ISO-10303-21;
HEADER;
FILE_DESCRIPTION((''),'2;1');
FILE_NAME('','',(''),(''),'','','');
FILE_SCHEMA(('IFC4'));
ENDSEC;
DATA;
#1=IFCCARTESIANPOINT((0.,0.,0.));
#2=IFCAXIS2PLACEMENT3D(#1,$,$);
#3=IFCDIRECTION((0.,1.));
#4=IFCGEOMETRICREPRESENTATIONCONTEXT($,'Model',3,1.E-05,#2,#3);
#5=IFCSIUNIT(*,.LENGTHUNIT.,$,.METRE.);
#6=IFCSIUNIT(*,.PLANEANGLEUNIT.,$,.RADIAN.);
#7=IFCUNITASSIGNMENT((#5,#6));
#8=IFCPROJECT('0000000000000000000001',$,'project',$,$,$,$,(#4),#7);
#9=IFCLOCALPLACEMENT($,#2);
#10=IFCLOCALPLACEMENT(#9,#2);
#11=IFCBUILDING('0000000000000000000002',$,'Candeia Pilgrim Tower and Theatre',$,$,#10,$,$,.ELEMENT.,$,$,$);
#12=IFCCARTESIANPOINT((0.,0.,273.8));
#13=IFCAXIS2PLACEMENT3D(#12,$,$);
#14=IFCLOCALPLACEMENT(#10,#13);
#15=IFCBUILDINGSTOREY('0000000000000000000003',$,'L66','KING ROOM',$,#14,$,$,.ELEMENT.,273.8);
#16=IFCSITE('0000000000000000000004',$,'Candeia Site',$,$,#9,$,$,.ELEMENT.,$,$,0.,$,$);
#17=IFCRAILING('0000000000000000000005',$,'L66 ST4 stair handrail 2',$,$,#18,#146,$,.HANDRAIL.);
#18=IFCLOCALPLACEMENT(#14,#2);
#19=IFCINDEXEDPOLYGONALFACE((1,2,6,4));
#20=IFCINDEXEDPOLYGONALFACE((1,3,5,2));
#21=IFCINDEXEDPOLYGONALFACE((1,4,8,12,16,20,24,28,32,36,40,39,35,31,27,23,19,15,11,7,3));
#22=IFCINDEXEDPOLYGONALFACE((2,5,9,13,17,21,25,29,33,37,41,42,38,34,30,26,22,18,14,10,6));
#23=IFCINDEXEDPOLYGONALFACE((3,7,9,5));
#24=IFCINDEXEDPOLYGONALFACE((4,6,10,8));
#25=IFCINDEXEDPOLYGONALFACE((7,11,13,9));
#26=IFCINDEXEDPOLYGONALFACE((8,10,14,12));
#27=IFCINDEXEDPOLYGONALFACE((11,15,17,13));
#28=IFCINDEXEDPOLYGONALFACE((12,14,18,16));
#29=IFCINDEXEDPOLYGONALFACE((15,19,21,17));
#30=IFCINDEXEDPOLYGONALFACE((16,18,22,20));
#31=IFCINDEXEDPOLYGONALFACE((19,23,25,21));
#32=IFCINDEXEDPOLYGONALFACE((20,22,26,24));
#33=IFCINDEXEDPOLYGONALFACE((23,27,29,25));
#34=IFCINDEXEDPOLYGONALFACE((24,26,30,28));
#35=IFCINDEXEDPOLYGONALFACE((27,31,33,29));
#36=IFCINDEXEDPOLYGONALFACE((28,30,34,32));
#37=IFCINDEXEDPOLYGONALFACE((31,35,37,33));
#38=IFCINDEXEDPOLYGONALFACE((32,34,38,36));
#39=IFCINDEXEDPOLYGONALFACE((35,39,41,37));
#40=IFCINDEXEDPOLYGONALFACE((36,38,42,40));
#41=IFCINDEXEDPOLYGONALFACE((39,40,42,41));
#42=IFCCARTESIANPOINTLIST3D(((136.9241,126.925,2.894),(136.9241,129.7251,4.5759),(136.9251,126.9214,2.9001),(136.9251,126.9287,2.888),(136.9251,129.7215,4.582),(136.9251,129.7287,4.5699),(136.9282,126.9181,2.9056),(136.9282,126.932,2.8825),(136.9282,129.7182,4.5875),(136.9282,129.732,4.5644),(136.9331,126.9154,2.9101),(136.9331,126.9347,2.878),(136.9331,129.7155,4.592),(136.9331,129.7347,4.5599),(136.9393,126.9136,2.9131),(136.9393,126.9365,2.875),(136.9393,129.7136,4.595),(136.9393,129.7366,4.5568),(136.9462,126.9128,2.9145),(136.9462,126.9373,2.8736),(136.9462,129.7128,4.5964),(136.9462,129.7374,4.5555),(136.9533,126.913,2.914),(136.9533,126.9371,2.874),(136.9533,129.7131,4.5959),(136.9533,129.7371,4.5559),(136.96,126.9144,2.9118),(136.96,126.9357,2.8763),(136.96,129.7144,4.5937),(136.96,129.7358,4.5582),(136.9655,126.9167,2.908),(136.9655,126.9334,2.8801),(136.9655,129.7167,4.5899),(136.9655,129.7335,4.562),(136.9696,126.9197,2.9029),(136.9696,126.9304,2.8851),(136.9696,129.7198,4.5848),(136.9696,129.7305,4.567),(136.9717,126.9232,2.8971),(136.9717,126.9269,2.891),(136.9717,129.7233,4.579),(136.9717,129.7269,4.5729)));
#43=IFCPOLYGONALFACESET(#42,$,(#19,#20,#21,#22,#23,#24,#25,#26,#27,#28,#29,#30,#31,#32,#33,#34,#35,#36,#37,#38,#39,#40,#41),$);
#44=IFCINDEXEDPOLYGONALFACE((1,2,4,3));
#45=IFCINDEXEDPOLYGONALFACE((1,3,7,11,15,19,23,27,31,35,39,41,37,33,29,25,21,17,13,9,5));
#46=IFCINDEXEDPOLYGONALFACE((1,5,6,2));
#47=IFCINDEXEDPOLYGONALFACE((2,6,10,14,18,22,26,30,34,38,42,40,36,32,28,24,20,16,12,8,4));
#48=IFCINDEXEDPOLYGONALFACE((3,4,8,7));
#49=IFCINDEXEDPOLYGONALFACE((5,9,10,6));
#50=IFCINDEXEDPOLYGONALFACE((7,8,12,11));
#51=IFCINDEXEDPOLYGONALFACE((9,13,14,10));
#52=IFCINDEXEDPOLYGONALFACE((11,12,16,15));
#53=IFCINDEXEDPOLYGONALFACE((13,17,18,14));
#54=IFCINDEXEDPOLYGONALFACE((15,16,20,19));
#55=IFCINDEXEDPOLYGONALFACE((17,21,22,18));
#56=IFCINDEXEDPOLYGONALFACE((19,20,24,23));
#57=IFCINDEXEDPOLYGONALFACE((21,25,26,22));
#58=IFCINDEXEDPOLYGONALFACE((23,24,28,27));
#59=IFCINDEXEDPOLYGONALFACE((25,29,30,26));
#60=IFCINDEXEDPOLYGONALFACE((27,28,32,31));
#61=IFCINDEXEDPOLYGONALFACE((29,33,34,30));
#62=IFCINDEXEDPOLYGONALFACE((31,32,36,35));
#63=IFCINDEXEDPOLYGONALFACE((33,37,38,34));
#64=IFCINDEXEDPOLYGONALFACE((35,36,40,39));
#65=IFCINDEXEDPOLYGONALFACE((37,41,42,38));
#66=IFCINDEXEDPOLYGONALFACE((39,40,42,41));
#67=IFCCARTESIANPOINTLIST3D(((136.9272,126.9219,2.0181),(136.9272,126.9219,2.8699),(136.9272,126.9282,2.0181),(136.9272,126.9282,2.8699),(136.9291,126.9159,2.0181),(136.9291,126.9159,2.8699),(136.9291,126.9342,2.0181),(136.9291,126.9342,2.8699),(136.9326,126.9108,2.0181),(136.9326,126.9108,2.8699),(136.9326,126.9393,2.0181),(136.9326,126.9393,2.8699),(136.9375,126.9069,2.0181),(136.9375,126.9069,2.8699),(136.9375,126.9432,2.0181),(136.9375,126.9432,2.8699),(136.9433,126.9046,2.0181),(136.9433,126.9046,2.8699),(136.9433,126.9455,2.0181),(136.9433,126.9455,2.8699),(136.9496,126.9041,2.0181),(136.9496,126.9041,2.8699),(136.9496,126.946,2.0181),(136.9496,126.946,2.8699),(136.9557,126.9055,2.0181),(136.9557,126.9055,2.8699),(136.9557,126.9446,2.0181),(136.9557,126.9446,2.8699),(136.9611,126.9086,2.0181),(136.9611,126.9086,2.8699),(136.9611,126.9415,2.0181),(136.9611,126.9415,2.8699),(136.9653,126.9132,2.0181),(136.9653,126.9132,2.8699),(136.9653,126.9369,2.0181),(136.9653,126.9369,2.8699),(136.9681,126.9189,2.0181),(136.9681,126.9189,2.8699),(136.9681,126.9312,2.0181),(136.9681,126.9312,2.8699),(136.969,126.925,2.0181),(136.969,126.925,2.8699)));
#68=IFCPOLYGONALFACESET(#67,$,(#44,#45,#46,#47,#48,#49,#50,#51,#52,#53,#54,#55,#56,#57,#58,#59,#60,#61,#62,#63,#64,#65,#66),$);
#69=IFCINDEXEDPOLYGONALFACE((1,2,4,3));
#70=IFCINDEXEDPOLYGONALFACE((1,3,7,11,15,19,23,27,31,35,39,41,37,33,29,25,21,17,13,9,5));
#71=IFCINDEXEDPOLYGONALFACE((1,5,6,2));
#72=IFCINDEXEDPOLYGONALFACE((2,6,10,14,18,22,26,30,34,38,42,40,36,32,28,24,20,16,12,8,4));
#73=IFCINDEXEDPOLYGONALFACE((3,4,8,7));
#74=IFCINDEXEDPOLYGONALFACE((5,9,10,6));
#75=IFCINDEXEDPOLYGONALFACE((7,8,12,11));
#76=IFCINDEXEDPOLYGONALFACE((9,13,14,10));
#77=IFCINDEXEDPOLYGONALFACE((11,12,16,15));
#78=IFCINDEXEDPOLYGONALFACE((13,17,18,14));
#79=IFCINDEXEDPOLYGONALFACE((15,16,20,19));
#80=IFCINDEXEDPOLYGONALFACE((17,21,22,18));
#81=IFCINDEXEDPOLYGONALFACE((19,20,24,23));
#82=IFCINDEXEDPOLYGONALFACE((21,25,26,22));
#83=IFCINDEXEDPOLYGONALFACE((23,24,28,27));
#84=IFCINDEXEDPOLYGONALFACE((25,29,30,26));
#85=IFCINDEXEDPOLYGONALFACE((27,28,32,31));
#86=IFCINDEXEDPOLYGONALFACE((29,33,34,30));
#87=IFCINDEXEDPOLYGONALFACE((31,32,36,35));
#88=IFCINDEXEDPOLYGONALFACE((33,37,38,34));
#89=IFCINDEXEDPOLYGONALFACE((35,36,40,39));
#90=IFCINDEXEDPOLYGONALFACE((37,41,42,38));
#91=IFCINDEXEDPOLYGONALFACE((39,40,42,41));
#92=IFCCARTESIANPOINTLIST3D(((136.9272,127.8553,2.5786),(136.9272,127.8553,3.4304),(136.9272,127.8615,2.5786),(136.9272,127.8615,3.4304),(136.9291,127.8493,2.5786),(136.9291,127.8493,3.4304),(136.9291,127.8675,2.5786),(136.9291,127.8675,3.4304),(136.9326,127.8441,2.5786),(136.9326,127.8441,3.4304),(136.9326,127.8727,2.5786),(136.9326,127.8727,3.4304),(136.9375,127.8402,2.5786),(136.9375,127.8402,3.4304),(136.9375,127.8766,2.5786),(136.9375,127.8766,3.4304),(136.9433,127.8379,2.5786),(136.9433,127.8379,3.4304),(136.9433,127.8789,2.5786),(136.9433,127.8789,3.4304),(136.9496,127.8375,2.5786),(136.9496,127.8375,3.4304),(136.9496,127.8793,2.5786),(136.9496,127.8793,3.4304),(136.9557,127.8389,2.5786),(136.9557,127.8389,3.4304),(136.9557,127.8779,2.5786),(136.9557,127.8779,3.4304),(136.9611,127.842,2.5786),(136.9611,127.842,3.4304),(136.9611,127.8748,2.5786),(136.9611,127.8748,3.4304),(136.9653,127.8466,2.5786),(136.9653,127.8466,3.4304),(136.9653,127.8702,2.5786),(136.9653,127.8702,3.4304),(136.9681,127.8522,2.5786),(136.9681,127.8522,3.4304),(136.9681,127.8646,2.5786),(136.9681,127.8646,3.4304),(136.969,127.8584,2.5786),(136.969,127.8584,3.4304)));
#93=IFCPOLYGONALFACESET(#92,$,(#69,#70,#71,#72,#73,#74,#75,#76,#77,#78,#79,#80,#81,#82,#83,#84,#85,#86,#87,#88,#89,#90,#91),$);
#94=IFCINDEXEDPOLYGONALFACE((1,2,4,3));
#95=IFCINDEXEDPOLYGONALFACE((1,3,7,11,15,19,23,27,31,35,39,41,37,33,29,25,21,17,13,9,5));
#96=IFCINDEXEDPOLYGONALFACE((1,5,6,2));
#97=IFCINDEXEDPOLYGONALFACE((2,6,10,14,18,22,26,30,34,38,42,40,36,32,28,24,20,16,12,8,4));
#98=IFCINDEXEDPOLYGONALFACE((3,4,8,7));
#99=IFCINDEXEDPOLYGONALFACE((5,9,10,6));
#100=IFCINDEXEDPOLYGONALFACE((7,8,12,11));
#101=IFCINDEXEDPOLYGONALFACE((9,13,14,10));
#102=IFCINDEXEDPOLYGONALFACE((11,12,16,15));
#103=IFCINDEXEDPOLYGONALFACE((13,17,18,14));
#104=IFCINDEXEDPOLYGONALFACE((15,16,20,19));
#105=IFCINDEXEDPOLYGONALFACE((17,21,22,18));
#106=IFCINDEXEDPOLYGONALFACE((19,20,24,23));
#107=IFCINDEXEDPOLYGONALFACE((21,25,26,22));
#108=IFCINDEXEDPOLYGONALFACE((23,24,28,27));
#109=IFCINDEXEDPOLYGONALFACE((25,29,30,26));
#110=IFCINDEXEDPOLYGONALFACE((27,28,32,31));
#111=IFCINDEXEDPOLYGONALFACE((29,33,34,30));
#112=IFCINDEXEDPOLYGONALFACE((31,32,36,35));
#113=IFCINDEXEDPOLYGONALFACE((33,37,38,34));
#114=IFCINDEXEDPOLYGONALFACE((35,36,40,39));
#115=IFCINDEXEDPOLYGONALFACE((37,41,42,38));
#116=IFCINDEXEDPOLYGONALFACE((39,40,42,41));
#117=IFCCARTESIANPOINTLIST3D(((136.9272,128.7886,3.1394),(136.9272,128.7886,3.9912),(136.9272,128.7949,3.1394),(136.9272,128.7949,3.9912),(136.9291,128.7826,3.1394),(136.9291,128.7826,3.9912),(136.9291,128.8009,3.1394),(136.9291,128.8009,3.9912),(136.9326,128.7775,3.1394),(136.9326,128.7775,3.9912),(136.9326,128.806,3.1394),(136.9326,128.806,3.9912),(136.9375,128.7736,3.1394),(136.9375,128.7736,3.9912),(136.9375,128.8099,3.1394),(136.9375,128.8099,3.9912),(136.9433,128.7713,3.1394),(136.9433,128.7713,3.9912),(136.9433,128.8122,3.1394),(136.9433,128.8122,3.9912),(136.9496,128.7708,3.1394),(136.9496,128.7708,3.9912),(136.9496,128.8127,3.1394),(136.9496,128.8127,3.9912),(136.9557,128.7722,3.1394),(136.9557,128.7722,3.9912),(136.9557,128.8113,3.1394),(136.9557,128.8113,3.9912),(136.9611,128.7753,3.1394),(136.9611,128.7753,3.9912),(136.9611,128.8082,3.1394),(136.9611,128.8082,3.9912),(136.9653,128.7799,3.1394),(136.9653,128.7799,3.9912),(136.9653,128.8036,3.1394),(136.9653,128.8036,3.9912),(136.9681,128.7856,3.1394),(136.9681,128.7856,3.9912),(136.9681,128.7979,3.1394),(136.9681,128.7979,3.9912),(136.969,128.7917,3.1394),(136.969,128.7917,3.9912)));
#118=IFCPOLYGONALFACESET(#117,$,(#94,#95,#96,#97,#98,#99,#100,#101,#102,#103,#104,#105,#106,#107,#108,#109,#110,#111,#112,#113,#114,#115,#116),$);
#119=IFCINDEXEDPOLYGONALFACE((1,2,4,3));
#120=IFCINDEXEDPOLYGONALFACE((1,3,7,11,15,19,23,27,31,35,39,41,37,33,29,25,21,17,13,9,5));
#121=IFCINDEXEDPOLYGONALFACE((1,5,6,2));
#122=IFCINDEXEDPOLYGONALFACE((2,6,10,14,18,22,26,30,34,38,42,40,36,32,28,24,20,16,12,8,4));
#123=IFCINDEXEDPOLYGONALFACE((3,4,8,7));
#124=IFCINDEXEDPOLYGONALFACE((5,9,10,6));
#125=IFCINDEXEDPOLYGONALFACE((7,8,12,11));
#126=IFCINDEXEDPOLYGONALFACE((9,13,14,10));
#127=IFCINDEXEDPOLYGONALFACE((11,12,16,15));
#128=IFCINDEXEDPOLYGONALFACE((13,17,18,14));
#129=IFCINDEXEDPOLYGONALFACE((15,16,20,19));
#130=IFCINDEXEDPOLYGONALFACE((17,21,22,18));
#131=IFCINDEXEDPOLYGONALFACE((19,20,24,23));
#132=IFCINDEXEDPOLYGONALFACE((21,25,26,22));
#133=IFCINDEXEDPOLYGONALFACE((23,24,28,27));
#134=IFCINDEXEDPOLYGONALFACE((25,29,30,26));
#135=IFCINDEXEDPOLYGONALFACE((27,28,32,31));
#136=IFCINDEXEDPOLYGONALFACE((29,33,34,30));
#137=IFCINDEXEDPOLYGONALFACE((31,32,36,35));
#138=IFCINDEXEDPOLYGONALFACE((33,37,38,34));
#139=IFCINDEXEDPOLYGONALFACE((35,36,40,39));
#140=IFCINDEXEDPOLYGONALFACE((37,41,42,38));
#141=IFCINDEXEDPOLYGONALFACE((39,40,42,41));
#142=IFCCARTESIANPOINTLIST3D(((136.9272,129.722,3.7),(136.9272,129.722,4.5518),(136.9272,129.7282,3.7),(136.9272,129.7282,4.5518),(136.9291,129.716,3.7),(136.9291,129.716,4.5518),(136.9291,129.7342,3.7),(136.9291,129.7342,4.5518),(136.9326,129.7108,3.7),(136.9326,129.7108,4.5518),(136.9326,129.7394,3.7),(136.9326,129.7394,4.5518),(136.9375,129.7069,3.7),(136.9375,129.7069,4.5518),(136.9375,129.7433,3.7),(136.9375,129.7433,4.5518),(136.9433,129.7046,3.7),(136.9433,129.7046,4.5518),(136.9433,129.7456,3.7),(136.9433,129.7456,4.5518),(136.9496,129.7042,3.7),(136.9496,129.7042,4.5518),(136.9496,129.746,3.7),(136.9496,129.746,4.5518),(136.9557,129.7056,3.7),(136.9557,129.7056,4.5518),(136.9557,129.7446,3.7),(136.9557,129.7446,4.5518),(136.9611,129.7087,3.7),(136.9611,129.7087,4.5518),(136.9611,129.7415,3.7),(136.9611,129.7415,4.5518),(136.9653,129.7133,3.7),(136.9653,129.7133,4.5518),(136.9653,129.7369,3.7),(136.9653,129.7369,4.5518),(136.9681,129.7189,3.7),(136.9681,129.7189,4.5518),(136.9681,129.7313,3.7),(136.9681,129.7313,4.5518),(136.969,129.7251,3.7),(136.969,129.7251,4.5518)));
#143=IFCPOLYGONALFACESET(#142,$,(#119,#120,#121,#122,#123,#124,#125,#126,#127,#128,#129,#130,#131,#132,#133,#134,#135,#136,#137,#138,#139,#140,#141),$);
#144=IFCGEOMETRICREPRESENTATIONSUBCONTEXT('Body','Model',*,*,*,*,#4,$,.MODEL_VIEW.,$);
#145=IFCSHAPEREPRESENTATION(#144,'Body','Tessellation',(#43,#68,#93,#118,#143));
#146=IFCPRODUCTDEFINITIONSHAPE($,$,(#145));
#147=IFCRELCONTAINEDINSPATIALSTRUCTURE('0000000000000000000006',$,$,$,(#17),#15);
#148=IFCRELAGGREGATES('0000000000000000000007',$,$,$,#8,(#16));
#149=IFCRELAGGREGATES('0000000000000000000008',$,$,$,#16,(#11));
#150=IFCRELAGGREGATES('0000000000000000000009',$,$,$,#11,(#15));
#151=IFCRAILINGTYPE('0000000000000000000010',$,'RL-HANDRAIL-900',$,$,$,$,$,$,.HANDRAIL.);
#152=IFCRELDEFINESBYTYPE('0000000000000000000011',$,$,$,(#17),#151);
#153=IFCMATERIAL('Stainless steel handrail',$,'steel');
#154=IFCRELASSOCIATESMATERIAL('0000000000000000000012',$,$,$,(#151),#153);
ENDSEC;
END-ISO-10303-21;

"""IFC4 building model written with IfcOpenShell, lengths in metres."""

from ifc_helpers import new_model, si_unit, direction, frame, origin, origin_2d, place, context, subcontext, project, spatial, circle, extrude, material, type_object, element, save


model = new_model("IFC4")

# Units and contexts
model_context = context("Model", 3, precision=1e-05, world=origin(), true_north=direction((0.0, 1.0)))
body_context = subcontext(model_context, "Body", "Model", "MODEL_VIEW")
ifc_project = project(units=[si_unit("LENGTHUNIT", "METRE"), si_unit("PLANEANGLEUNIT", "RADIAN")], contexts=[model_context])

# Site, building, storey
site_placement = place(None, origin())
site = spatial("IfcSite", under=ifc_project, at=site_placement, Name="Candeia Site", CompositionType="ELEMENT", RefElevation=0.0)
building_placement = place(site_placement, origin())
building = spatial("IfcBuilding", under=site, at=building_placement, Name="Candeia Pilgrim Tower and Theatre", CompositionType="ELEMENT")
storey_placement = place(building_placement, frame((0.0, 0.0, 273.8)))
storey = spatial("IfcBuildingStorey", under=building, at=storey_placement, Name="L66", Description="KING ROOM", CompositionType="ELEMENT", Elevation=273.8)

# Railing
ifc_material_1 = material(Name="Stainless steel handrail", Category="steel")
railing_type_1 = type_object("IfcRailingType", Name="RL-HANDRAIL-900", PredefinedType="HANDRAIL", material=ifc_material_1)
railing_1_placement = place(storey_placement, frame((136.948, 126.925, 2.0181)))
element("IfcRailing", 1, at=railing_1_placement, inside=storey, type_object=railing_type_1, Name="L66 ST4 stair handrail 2", PredefinedType="HANDRAIL", context=body_context, shape_type="SweptSolid", body=[
    extrude(circle(Radius=0.0239, at=origin_2d()), frame((0.0, 0.0, 0.876), z_axis=(0.0, 0.857242, 0.514913), x_axis=(-1.0, 0.0, 0.0)), (0.0, 0.0, 1.0), 3.2664),
    extrude(circle(Radius=0.021, at=origin_2d()), origin(), (0.0, 0.0, 1.0), 0.8518),
    extrude(circle(Radius=0.021, at=origin_2d()), frame((0.0, 0.9333, 0.5605)), (0.0, 0.0, 1.0), 0.8518),
    extrude(circle(Radius=0.021, at=origin_2d()), frame((0.0, 1.8667, 1.1213)), (0.0, 0.0, 1.0), 0.8518),
    extrude(circle(Radius=0.021, at=origin_2d()), frame((0.0, 2.8, 1.6819)), (0.0, 0.0, 1.0), 0.8518),
])

save(model, "model.ifc")
